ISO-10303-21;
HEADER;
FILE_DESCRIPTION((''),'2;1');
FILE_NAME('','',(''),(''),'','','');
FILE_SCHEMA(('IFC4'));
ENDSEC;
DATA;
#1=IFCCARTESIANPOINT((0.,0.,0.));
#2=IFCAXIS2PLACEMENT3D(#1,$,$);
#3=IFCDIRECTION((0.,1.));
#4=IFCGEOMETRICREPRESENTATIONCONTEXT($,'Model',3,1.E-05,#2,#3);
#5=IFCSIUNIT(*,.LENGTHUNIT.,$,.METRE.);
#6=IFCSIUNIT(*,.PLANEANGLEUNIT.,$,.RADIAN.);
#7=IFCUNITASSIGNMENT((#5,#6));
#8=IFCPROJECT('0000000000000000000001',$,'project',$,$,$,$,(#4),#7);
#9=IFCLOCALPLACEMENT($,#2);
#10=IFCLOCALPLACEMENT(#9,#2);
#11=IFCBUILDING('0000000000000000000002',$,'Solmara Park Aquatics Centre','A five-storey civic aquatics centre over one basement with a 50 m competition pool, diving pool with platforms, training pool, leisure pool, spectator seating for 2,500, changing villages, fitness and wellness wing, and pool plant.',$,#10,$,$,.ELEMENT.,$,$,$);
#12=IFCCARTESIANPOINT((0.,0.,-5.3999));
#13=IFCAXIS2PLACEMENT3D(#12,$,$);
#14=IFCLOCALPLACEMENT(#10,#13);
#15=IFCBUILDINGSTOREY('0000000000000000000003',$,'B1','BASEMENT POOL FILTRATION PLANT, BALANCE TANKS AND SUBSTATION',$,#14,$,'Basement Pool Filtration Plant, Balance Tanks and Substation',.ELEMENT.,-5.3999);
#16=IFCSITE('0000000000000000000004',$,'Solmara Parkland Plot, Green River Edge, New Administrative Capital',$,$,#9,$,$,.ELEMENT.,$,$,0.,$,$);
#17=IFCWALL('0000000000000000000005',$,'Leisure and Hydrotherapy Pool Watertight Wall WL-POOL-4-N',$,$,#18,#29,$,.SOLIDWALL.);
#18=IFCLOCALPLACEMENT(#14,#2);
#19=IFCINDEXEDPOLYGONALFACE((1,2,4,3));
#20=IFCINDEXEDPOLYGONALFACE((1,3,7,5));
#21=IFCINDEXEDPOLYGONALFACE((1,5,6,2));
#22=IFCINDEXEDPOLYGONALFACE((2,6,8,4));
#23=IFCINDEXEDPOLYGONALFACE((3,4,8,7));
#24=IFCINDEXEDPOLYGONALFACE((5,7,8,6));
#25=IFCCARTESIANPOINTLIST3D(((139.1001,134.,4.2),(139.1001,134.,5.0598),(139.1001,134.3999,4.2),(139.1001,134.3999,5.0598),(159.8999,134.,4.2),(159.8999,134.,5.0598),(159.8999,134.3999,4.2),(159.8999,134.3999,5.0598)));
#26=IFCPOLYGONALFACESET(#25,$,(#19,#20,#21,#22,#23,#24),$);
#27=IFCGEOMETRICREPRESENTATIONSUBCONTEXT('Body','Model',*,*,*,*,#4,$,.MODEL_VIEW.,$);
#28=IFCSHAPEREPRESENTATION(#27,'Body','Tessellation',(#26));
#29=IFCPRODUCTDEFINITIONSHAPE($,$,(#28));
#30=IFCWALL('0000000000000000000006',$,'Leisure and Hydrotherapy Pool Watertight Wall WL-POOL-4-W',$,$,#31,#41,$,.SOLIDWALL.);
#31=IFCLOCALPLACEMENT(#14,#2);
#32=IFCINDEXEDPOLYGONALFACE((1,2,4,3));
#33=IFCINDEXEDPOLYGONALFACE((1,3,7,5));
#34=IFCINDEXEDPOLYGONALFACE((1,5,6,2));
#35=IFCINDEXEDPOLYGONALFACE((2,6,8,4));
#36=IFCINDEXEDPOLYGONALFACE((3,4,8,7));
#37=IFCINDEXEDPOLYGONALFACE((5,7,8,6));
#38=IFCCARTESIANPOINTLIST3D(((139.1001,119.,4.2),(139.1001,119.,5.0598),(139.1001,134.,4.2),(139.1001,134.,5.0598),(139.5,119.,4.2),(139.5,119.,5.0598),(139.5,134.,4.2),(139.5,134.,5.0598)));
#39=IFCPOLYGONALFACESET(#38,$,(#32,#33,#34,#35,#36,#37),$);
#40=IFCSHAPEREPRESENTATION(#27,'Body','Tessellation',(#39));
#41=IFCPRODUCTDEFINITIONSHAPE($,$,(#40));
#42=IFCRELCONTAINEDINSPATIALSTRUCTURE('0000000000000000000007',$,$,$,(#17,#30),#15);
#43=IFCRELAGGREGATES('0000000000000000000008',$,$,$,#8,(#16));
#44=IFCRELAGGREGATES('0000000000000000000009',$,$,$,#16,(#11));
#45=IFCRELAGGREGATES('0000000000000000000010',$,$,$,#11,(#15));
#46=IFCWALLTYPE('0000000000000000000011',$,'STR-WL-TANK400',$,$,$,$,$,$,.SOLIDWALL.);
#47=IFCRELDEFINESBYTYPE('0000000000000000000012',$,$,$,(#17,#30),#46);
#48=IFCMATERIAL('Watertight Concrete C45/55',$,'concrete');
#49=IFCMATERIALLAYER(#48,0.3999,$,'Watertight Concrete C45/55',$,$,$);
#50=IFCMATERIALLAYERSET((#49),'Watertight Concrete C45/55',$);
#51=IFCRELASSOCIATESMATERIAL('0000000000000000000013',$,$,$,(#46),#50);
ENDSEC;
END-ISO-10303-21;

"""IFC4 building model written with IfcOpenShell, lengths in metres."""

from ifc_helpers import new_model, si_unit, direction, frame, frame_2d, origin, place, context, subcontext, project, spatial, rectangle, extrude, material, layer, layer_set, type_object, element, save


model = new_model("IFC4")

# Units and contexts
model_context = context("Model", 3, precision=1e-05, world=origin(), true_north=direction((0.0, 1.0)))
body_context = subcontext(model_context, "Body", "Model", "MODEL_VIEW")
ifc_project = project(units=[si_unit("LENGTHUNIT", "METRE"), si_unit("PLANEANGLEUNIT", "RADIAN")], contexts=[model_context])

# Site, building, storey
site_placement = place(None, origin())
site = spatial("IfcSite", under=ifc_project, at=site_placement, Name="Solmara Parkland Plot, Green River Edge, New Administrative Capital", CompositionType="ELEMENT", RefElevation=0.0)
building_placement = place(site_placement, origin())
building = spatial("IfcBuilding", under=site, at=building_placement, Name="Solmara Park Aquatics Centre", Description="A five-storey civic aquatics centre over one basement with a 50 m competition pool, diving pool with platforms, training pool, leisure pool, spectator seating for 2,500, changing villages, fitness and wellness wing, and pool plant.", CompositionType="ELEMENT")
storey_placement = place(building_placement, frame((0.0, 0.0, -5.3999)))
storey = spatial("IfcBuildingStorey", under=building, at=storey_placement, Name="B1", Description="BASEMENT POOL FILTRATION PLANT, BALANCE TANKS AND SUBSTATION", LongName="Basement Pool Filtration Plant, Balance Tanks and Substation", CompositionType="ELEMENT", Elevation=-5.3999)

# Shared definitions
ifc_material_1 = material(Name="Watertight Concrete C45/55", Category="concrete")

# Walls
ifc_layer = layer(ifc_material_1, 0.3999, Name="Watertight Concrete C45/55")
ifc_layer_set = layer_set([ifc_layer], Name="Watertight Concrete C45/55")
wall_type = type_object("IfcWallType", Name="STR-WL-TANK400", PredefinedType="SOLIDWALL", material=ifc_layer_set)
for number, where, z_axis, x_axis, name in (
    (1, (139.1001, 134.2, 4.2), (0.0, 0.0, 1.0), (1.0, 0.0, 0.0), "Leisure and Hydrotherapy Pool Watertight Wall WL-POOL-4-N"),
):
    element("IfcWall", number, at=place(storey_placement, frame(where, z_axis=z_axis, x_axis=x_axis)), inside=storey, type_object=wall_type, Name=name, PredefinedType="SOLIDWALL", context=body_context, shape_type="SweptSolid", body=[
        extrude(rectangle(XDim=20.7998, YDim=0.3999, at=frame_2d((10.3999, 0.0))), origin(), (0.0, 0.0, 1.0), 0.8599),
    ])
wall_1_placement = place(storey_placement, frame((139.3, 119.0, 4.2), z_axis=(0.0, 0.0, 1.0), x_axis=(0.0, 1.0, 0.0)))
element("IfcWall", 2, at=wall_1_placement, inside=storey, type_object=wall_type, Name="Leisure and Hydrotherapy Pool Watertight Wall WL-POOL-4-W", PredefinedType="SOLIDWALL", context=body_context, shape_type="SweptSolid", body=[
    extrude(rectangle(XDim=15.0, YDim=0.3999, at=frame_2d((7.5, 0.0))), origin(), (0.0, 0.0, 1.0), 0.8599),
])

save(model, "model.ifc")
